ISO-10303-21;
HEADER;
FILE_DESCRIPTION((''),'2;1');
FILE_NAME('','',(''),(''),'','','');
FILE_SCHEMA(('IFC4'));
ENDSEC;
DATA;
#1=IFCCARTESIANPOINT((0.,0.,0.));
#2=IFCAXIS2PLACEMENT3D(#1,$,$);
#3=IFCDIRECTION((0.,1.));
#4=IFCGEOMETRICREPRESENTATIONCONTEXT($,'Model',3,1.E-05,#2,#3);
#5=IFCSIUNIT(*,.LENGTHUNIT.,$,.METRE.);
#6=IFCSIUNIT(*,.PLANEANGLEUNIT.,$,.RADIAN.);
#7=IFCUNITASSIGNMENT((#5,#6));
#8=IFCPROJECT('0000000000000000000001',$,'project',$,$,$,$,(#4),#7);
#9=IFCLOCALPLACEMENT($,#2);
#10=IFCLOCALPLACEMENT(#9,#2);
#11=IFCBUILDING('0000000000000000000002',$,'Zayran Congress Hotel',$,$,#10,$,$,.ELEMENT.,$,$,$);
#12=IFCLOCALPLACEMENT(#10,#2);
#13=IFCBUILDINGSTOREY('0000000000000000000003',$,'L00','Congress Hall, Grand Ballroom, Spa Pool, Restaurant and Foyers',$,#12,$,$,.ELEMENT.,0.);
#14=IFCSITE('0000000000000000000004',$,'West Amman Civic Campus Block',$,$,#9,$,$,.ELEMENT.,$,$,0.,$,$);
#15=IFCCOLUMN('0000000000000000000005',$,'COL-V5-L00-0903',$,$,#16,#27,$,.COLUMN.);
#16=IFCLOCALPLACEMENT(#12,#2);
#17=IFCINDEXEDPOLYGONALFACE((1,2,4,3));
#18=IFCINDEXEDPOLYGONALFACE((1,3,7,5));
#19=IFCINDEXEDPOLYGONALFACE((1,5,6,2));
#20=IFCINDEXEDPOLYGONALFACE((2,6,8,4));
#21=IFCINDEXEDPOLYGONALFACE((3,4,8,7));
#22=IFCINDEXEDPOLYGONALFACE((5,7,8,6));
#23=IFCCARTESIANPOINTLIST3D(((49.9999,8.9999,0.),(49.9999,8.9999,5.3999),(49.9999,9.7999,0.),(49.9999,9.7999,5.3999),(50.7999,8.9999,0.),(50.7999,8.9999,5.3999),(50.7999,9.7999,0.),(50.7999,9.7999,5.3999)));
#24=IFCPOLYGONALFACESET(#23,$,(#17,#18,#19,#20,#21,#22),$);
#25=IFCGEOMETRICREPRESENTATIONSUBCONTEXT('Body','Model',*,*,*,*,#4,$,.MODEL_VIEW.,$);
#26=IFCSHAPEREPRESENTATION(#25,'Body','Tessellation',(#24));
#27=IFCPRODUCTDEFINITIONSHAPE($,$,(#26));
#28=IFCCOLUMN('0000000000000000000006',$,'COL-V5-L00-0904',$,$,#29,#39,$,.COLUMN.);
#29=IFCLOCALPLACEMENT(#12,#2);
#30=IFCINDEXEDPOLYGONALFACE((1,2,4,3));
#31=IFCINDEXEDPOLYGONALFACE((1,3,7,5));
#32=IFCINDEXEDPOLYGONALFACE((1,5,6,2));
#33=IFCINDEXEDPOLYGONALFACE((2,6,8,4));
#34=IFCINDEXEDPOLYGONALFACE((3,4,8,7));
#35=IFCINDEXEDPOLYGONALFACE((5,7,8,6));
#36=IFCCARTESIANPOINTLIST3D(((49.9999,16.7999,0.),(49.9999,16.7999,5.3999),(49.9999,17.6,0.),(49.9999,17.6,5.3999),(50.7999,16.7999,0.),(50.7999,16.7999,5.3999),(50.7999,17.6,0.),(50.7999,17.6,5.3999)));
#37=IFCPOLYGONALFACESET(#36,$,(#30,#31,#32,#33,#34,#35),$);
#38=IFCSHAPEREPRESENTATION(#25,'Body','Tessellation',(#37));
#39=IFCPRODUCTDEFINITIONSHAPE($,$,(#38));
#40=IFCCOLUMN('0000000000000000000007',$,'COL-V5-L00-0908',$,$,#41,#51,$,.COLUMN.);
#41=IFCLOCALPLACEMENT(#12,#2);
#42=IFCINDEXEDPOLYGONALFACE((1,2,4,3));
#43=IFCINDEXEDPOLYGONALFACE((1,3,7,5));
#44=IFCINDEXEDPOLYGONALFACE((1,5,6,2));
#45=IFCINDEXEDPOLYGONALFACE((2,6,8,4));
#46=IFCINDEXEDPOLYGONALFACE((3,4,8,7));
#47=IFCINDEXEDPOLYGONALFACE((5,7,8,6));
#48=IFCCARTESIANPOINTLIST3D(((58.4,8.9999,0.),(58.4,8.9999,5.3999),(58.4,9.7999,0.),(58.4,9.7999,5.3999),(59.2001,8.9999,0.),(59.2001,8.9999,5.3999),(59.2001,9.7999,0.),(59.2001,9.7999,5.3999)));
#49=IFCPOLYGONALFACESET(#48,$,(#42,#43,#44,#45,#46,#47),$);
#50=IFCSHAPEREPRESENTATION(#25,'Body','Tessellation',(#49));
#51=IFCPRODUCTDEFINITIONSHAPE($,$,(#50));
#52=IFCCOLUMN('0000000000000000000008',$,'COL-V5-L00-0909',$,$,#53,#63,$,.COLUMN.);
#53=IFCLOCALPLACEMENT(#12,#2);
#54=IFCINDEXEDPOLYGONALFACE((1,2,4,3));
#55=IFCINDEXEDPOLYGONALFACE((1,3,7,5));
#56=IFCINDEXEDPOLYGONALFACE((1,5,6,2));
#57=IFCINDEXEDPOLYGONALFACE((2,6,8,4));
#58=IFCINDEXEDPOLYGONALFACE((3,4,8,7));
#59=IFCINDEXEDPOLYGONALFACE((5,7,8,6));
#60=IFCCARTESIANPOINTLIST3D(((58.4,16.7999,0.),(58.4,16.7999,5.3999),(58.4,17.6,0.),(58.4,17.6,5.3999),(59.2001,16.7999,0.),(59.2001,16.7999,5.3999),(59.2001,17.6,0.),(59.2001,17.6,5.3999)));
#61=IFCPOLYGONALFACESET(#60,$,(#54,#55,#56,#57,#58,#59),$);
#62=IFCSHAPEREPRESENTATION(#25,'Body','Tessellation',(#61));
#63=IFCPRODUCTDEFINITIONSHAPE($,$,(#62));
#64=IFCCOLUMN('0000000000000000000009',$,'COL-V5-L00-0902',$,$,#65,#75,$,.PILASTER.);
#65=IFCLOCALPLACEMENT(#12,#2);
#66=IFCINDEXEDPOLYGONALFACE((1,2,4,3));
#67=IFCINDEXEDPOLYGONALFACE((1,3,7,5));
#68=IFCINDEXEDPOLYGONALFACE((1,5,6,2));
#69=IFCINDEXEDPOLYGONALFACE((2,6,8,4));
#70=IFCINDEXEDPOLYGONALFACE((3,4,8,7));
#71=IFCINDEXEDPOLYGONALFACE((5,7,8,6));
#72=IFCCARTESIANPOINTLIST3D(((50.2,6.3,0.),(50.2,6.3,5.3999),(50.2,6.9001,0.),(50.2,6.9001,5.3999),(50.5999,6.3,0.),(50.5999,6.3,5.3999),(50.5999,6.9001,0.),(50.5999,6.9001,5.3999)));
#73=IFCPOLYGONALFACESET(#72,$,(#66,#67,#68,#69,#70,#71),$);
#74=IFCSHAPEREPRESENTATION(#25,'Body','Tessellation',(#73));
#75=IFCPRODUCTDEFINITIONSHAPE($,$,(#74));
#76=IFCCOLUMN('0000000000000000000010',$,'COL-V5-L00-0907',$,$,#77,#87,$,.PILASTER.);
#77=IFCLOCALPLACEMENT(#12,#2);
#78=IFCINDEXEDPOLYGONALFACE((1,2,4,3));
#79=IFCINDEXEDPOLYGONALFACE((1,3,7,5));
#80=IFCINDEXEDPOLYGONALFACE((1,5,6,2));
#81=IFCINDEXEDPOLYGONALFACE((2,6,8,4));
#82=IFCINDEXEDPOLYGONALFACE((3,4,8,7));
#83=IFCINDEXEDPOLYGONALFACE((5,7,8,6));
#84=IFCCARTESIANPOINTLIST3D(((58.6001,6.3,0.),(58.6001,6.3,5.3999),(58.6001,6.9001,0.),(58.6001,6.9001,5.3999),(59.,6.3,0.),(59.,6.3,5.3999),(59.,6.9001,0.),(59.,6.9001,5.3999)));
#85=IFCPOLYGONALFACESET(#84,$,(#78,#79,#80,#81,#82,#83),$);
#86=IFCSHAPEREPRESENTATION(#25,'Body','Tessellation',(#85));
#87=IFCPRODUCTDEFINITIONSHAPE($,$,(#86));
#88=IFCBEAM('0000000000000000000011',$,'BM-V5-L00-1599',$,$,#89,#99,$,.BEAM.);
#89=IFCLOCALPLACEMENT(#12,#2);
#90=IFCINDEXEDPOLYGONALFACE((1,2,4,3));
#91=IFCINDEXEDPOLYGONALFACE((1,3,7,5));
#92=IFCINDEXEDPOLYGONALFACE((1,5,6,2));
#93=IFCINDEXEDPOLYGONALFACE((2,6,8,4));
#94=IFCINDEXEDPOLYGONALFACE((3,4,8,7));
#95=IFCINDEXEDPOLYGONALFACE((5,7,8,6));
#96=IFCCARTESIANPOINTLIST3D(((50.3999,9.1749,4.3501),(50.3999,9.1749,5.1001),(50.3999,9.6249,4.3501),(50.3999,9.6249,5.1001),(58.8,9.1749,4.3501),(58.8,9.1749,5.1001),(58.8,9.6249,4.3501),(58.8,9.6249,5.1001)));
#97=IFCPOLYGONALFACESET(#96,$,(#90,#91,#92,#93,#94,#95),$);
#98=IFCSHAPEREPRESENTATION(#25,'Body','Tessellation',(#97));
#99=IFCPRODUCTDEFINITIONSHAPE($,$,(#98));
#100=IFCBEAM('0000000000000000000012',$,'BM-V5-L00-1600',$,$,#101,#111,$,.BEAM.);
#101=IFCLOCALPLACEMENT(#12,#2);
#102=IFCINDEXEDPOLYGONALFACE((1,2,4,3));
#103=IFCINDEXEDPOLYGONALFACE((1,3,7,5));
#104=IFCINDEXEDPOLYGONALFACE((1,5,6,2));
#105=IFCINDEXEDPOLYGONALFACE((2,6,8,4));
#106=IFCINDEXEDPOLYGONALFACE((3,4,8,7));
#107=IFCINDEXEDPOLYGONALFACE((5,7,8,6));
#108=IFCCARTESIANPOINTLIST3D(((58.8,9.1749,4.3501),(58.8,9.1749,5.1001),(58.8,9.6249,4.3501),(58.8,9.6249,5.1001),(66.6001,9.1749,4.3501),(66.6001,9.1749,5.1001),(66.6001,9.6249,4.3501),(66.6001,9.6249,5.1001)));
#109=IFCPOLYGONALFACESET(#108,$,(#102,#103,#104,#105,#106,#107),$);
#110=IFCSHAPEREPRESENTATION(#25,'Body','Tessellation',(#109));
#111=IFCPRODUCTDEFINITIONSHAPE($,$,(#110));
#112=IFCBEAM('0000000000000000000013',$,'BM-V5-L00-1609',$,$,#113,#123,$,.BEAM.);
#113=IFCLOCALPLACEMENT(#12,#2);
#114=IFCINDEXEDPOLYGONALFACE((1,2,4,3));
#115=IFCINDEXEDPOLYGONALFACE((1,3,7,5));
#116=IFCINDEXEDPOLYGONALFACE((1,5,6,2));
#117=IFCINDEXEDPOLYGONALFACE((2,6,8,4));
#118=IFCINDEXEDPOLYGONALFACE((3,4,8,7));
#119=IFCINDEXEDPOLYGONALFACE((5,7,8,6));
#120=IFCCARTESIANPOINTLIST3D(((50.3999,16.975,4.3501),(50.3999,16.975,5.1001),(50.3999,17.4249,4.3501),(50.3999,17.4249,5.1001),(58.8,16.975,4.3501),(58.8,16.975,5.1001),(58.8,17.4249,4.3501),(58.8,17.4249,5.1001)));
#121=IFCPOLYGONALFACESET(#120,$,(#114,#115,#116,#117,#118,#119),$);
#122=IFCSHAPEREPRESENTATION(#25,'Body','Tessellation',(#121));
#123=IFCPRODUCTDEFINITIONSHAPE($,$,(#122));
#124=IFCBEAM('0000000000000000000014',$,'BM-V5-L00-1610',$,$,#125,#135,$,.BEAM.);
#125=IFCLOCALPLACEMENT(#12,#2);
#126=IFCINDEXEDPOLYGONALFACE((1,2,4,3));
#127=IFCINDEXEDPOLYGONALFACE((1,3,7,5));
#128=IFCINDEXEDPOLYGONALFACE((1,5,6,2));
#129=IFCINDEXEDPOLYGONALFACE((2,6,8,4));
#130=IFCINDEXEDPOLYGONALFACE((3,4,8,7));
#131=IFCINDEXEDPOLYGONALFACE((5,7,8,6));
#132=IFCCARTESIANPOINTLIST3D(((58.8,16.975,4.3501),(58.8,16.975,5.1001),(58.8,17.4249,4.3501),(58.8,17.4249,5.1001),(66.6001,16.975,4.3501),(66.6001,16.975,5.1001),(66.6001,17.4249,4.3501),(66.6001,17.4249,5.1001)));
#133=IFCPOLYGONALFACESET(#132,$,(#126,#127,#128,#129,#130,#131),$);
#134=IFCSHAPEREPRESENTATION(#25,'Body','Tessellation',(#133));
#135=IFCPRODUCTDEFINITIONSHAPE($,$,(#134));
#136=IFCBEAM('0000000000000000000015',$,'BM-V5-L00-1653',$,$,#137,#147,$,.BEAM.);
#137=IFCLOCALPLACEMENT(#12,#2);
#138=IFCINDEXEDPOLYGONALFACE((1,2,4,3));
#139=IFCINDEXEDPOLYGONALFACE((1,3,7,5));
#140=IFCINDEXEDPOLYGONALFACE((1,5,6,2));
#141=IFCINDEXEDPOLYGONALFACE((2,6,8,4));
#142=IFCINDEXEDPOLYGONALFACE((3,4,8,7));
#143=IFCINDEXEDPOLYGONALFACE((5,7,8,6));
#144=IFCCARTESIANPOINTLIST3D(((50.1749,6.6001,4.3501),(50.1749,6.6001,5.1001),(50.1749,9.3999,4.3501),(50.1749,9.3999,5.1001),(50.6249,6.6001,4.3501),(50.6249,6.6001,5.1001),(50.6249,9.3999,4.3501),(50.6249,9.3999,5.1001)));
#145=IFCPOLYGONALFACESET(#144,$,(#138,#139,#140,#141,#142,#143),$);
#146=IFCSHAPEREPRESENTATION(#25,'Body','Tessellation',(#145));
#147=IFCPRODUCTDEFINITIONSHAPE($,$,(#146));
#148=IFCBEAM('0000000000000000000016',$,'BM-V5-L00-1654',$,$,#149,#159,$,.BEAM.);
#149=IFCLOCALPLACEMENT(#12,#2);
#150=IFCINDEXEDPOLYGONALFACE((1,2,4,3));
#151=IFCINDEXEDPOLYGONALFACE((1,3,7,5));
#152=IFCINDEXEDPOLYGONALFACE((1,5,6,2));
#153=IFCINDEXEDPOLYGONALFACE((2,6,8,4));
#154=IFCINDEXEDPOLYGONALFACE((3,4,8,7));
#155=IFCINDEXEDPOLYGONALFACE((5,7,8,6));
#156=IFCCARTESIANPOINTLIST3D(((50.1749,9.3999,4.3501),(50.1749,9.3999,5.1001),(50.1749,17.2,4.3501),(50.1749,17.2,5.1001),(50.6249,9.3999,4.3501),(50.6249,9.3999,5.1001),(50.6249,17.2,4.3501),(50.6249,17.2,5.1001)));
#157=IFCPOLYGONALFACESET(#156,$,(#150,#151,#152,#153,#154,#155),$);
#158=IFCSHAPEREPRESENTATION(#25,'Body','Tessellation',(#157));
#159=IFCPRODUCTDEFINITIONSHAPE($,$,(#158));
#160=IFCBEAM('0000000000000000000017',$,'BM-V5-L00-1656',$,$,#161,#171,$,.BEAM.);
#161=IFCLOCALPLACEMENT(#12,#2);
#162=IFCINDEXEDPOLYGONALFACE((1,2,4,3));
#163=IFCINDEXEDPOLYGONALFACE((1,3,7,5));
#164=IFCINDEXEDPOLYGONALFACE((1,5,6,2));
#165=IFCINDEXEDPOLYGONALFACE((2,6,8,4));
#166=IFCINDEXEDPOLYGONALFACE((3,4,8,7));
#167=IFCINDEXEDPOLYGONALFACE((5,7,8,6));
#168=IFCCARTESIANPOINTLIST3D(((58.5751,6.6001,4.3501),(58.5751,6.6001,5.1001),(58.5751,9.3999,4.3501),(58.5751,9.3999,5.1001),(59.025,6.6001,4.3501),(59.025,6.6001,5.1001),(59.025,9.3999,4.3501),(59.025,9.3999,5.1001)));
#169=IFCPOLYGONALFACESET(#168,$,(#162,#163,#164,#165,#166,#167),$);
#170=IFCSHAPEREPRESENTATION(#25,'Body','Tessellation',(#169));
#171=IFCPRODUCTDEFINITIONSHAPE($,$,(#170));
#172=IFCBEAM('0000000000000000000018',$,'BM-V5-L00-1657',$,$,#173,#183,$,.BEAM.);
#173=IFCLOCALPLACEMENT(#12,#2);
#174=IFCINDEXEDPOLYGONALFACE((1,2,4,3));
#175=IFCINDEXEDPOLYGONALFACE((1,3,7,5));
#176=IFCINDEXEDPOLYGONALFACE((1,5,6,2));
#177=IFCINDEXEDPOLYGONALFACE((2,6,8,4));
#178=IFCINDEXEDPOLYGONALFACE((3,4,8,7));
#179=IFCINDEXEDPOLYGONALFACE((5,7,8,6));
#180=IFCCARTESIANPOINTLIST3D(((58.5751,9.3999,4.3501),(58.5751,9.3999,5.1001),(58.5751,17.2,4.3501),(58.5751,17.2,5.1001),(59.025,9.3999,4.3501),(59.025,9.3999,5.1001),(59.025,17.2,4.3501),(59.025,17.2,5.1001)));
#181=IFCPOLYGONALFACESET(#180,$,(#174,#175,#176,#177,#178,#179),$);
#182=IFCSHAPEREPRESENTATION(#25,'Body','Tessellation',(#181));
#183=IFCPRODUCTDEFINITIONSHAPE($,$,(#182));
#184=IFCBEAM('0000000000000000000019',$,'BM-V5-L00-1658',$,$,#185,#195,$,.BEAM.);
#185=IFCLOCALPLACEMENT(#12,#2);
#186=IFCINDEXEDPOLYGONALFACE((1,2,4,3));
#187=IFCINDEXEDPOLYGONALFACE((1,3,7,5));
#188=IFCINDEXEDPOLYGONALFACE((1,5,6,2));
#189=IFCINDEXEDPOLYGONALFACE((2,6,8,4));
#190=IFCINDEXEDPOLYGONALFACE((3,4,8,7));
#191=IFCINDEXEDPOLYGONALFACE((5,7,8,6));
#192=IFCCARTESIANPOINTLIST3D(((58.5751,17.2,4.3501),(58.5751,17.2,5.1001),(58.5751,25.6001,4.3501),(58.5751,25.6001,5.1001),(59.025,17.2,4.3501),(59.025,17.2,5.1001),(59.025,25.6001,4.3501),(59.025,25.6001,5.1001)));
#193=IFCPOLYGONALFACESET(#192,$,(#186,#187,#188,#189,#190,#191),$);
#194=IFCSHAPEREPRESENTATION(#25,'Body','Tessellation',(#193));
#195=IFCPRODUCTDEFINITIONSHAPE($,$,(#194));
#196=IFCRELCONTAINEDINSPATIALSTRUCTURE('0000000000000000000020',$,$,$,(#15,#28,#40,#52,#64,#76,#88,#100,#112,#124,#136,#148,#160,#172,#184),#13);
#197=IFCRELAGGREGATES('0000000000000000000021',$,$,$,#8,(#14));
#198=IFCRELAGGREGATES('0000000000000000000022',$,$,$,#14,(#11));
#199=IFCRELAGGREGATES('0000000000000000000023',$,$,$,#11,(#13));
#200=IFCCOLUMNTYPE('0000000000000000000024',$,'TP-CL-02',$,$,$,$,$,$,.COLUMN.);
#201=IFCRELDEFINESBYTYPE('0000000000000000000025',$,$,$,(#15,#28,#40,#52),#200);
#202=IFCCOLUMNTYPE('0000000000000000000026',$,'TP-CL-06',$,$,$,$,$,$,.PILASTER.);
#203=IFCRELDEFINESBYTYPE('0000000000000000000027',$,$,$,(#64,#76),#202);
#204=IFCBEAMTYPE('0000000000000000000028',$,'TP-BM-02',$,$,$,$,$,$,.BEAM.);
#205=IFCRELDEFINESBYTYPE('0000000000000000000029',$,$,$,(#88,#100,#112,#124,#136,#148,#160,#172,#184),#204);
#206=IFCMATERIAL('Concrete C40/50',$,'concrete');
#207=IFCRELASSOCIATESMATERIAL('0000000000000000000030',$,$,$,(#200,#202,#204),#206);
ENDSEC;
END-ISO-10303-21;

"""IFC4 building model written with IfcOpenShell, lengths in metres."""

from ifc_helpers import new_model, si_unit, direction, frame, origin, origin_2d, place, context, subcontext, project, spatial, rectangle, extrude, material, material_profile, profile_set, type_object, element, save


model = new_model("IFC4")

# Units and contexts
model_context = context("Model", 3, precision=1e-05, world=origin(), true_north=direction((0.0, 1.0)))
body_context = subcontext(model_context, "Body", "Model", "MODEL_VIEW")
ifc_project = project(units=[si_unit("LENGTHUNIT", "METRE"), si_unit("PLANEANGLEUNIT", "RADIAN")], contexts=[model_context])

# Site, building, storey
site_placement = place(None, origin())
site = spatial("IfcSite", under=ifc_project, at=site_placement, Name="West Amman Civic Campus Block", CompositionType="ELEMENT", RefElevation=0.0)
building_placement = place(site_placement, origin())
building = spatial("IfcBuilding", under=site, at=building_placement, Name="Zayran Congress Hotel", CompositionType="ELEMENT")
storey_placement = place(building_placement, origin())
storey = spatial("IfcBuildingStorey", under=building, at=storey_placement, Name="L00", Description="Congress Hall, Grand Ballroom, Spa Pool, Restaurant and Foyers", CompositionType="ELEMENT", Elevation=0.0)

# Columns
ifc_material_1 = material(Name="Concrete C40/50", Category="concrete")
ifc_material_profile_1 = material_profile(ifc_material_1, rectangle(XDim=0.8, YDim=0.8, at=origin_2d()), Name="RC 800x800")
ifc_profile_set_1 = profile_set([ifc_material_profile_1], Name="Concrete C40/50")
column_type_1 = type_object("IfcColumnType", Name="TP-CL-02", PredefinedType="COLUMN", material=ifc_profile_set_1)
for number, where, z_axis, x_axis, name in (
    (1, (50.3999, 9.3999, 0.0), (0.0, 0.0, 1.0), (1.0, 0.0, 0.0), "COL-V5-L00-0903"),
    (2, (50.3999, 17.2, 0.0), (0.0, 0.0, 1.0), (1.0, 0.0, 0.0), "COL-V5-L00-0904"),
    (3, (58.8, 9.3999, 0.0), (0.0, 0.0, 1.0), (1.0, 0.0, 0.0), "COL-V5-L00-0908"),
    (4, (58.8, 17.2, 0.0), (0.0, 0.0, 1.0), (1.0, 0.0, 0.0), "COL-V5-L00-0909"),
):
    element("IfcColumn", number, at=place(storey_placement, frame(where, z_axis=z_axis, x_axis=x_axis)), inside=storey, type_object=column_type_1, Name=name, PredefinedType="COLUMN", context=body_context, shape_type="SweptSolid", body=[
        extrude(rectangle(XDim=0.8, YDim=0.8, at=origin_2d()), origin(), (0.0, 0.0, 1.0), 5.3999),
    ])
ifc_material_profile_2 = material_profile(ifc_material_1, rectangle(XDim=0.3999, YDim=0.6001, at=origin_2d()), Name="RC 600x400")
ifc_profile_set_2 = profile_set([ifc_material_profile_2], Name="Concrete C40/50")
column_type_2 = type_object("IfcColumnType", Name="TP-CL-06", PredefinedType="PILASTER", material=ifc_profile_set_2)
for number, where, z_axis, x_axis, name in (
    (5, (50.3999, 6.6001, 0.0), (0.0, 0.0, 1.0), (1.0, 0.0, 0.0), "COL-V5-L00-0902"),
    (6, (58.8, 6.6001, 0.0), (0.0, 0.0, 1.0), (1.0, 0.0, 0.0), "COL-V5-L00-0907"),
):
    element("IfcColumn", number, at=place(storey_placement, frame(where, z_axis=z_axis, x_axis=x_axis)), inside=storey, type_object=column_type_2, Name=name, PredefinedType="PILASTER", context=body_context, shape_type="SweptSolid", body=[
        extrude(rectangle(XDim=0.3999, YDim=0.6001, at=origin_2d()), origin(), (0.0, 0.0, 1.0), 5.3999),
    ])

# Beams
ifc_material_profile_3 = material_profile(ifc_material_1, rectangle(XDim=0.45, YDim=0.75, at=origin_2d()), Name="RC 450x750")
ifc_profile_set_3 = profile_set([ifc_material_profile_3], Name="Concrete C40/50")
beam_type_1 = type_object("IfcBeamType", Name="TP-BM-02", PredefinedType="BEAM", material=ifc_profile_set_3)
beam_1_placement = place(storey_placement, frame((50.3999, 9.3999, 4.7251), z_axis=(1.0, 0.0, 0.0), x_axis=(0.0, 1.0, 0.0)))
element("IfcBeam", 7, at=beam_1_placement, inside=storey, type_object=beam_type_1, Name="BM-V5-L00-1599", PredefinedType="BEAM", context=body_context, shape_type="SweptSolid", body=[
    extrude(rectangle(XDim=0.45, YDim=0.75, at=origin_2d()), origin(), (0.0, 0.0, 1.0), 8.4001),
])
beam_2_placement = place(storey_placement, frame((58.8, 9.3999, 4.7251), z_axis=(1.0, 0.0, 0.0), x_axis=(0.0, 1.0, 0.0)))
element("IfcBeam", 8, at=beam_2_placement, inside=storey, type_object=beam_type_1, Name="BM-V5-L00-1600", PredefinedType="BEAM", context=body_context, shape_type="SweptSolid", body=[
    extrude(rectangle(XDim=0.45, YDim=0.75, at=origin_2d()), origin(), (0.0, 0.0, 1.0), 7.8),
])
beam_3_placement = place(storey_placement, frame((50.3999, 17.2, 4.7251), z_axis=(1.0, 0.0, 0.0), x_axis=(0.0, 1.0, 0.0)))
element("IfcBeam", 9, at=beam_3_placement, inside=storey, type_object=beam_type_1, Name="BM-V5-L00-1609", PredefinedType="BEAM", context=body_context, shape_type="SweptSolid", body=[
    extrude(rectangle(XDim=0.45, YDim=0.75, at=origin_2d()), origin(), (0.0, 0.0, 1.0), 8.4001),
])
beam_4_placement = place(storey_placement, frame((58.8, 17.2, 4.7251), z_axis=(1.0, 0.0, 0.0), x_axis=(0.0, 1.0, 0.0)))
element("IfcBeam", 10, at=beam_4_placement, inside=storey, type_object=beam_type_1, Name="BM-V5-L00-1610", PredefinedType="BEAM", context=body_context, shape_type="SweptSolid", body=[
    extrude(rectangle(XDim=0.45, YDim=0.75, at=origin_2d()), origin(), (0.0, 0.0, 1.0), 7.8),
])
beam_5_placement = place(storey_placement, frame((50.3999, 6.6001, 4.7251), z_axis=(0.0, 1.0, 0.0), x_axis=(-1.0, 0.0, 0.0)))
element("IfcBeam", 11, at=beam_5_placement, inside=storey, type_object=beam_type_1, Name="BM-V5-L00-1653", PredefinedType="BEAM", context=body_context, shape_type="SweptSolid", body=[
    extrude(rectangle(XDim=0.45, YDim=0.75, at=origin_2d()), origin(), (0.0, 0.0, 1.0), 2.7998),
])
beam_6_placement = place(storey_placement, frame((50.3999, 9.3999, 4.7251), z_axis=(0.0, 1.0, 0.0), x_axis=(-1.0, 0.0, 0.0)))
element("IfcBeam", 12, at=beam_6_placement, inside=storey, type_object=beam_type_1, Name="BM-V5-L00-1654", PredefinedType="BEAM", context=body_context, shape_type="SweptSolid", body=[
    extrude(rectangle(XDim=0.45, YDim=0.75, at=origin_2d()), origin(), (0.0, 0.0, 1.0), 7.8),
])
beam_7_placement = place(storey_placement, frame((58.8, 6.6001, 4.7251), z_axis=(0.0, 1.0, 0.0), x_axis=(-1.0, 0.0, 0.0)))
element("IfcBeam", 13, at=beam_7_placement, inside=storey, type_object=beam_type_1, Name="BM-V5-L00-1656", PredefinedType="BEAM", context=body_context, shape_type="SweptSolid", body=[
    extrude(rectangle(XDim=0.45, YDim=0.75, at=origin_2d()), origin(), (0.0, 0.0, 1.0), 2.7998),
])
beam_8_placement = place(storey_placement, frame((58.8, 9.3999, 4.7251), z_axis=(0.0, 1.0, 0.0), x_axis=(-1.0, 0.0, 0.0)))
element("IfcBeam", 14, at=beam_8_placement, inside=storey, type_object=beam_type_1, Name="BM-V5-L00-1657", PredefinedType="BEAM", context=body_context, shape_type="SweptSolid", body=[
    extrude(rectangle(XDim=0.45, YDim=0.75, at=origin_2d()), origin(), (0.0, 0.0, 1.0), 7.8),
])
beam_9_placement = place(storey_placement, frame((58.8, 17.2, 4.7251), z_axis=(0.0, 1.0, 0.0), x_axis=(-1.0, 0.0, 0.0)))
element("IfcBeam", 15, at=beam_9_placement, inside=storey, type_object=beam_type_1, Name="BM-V5-L00-1658", PredefinedType="BEAM", context=body_context, shape_type="SweptSolid", body=[
    extrude(rectangle(XDim=0.45, YDim=0.75, at=origin_2d()), origin(), (0.0, 0.0, 1.0), 8.4001),
])

save(model, "model.ifc")
